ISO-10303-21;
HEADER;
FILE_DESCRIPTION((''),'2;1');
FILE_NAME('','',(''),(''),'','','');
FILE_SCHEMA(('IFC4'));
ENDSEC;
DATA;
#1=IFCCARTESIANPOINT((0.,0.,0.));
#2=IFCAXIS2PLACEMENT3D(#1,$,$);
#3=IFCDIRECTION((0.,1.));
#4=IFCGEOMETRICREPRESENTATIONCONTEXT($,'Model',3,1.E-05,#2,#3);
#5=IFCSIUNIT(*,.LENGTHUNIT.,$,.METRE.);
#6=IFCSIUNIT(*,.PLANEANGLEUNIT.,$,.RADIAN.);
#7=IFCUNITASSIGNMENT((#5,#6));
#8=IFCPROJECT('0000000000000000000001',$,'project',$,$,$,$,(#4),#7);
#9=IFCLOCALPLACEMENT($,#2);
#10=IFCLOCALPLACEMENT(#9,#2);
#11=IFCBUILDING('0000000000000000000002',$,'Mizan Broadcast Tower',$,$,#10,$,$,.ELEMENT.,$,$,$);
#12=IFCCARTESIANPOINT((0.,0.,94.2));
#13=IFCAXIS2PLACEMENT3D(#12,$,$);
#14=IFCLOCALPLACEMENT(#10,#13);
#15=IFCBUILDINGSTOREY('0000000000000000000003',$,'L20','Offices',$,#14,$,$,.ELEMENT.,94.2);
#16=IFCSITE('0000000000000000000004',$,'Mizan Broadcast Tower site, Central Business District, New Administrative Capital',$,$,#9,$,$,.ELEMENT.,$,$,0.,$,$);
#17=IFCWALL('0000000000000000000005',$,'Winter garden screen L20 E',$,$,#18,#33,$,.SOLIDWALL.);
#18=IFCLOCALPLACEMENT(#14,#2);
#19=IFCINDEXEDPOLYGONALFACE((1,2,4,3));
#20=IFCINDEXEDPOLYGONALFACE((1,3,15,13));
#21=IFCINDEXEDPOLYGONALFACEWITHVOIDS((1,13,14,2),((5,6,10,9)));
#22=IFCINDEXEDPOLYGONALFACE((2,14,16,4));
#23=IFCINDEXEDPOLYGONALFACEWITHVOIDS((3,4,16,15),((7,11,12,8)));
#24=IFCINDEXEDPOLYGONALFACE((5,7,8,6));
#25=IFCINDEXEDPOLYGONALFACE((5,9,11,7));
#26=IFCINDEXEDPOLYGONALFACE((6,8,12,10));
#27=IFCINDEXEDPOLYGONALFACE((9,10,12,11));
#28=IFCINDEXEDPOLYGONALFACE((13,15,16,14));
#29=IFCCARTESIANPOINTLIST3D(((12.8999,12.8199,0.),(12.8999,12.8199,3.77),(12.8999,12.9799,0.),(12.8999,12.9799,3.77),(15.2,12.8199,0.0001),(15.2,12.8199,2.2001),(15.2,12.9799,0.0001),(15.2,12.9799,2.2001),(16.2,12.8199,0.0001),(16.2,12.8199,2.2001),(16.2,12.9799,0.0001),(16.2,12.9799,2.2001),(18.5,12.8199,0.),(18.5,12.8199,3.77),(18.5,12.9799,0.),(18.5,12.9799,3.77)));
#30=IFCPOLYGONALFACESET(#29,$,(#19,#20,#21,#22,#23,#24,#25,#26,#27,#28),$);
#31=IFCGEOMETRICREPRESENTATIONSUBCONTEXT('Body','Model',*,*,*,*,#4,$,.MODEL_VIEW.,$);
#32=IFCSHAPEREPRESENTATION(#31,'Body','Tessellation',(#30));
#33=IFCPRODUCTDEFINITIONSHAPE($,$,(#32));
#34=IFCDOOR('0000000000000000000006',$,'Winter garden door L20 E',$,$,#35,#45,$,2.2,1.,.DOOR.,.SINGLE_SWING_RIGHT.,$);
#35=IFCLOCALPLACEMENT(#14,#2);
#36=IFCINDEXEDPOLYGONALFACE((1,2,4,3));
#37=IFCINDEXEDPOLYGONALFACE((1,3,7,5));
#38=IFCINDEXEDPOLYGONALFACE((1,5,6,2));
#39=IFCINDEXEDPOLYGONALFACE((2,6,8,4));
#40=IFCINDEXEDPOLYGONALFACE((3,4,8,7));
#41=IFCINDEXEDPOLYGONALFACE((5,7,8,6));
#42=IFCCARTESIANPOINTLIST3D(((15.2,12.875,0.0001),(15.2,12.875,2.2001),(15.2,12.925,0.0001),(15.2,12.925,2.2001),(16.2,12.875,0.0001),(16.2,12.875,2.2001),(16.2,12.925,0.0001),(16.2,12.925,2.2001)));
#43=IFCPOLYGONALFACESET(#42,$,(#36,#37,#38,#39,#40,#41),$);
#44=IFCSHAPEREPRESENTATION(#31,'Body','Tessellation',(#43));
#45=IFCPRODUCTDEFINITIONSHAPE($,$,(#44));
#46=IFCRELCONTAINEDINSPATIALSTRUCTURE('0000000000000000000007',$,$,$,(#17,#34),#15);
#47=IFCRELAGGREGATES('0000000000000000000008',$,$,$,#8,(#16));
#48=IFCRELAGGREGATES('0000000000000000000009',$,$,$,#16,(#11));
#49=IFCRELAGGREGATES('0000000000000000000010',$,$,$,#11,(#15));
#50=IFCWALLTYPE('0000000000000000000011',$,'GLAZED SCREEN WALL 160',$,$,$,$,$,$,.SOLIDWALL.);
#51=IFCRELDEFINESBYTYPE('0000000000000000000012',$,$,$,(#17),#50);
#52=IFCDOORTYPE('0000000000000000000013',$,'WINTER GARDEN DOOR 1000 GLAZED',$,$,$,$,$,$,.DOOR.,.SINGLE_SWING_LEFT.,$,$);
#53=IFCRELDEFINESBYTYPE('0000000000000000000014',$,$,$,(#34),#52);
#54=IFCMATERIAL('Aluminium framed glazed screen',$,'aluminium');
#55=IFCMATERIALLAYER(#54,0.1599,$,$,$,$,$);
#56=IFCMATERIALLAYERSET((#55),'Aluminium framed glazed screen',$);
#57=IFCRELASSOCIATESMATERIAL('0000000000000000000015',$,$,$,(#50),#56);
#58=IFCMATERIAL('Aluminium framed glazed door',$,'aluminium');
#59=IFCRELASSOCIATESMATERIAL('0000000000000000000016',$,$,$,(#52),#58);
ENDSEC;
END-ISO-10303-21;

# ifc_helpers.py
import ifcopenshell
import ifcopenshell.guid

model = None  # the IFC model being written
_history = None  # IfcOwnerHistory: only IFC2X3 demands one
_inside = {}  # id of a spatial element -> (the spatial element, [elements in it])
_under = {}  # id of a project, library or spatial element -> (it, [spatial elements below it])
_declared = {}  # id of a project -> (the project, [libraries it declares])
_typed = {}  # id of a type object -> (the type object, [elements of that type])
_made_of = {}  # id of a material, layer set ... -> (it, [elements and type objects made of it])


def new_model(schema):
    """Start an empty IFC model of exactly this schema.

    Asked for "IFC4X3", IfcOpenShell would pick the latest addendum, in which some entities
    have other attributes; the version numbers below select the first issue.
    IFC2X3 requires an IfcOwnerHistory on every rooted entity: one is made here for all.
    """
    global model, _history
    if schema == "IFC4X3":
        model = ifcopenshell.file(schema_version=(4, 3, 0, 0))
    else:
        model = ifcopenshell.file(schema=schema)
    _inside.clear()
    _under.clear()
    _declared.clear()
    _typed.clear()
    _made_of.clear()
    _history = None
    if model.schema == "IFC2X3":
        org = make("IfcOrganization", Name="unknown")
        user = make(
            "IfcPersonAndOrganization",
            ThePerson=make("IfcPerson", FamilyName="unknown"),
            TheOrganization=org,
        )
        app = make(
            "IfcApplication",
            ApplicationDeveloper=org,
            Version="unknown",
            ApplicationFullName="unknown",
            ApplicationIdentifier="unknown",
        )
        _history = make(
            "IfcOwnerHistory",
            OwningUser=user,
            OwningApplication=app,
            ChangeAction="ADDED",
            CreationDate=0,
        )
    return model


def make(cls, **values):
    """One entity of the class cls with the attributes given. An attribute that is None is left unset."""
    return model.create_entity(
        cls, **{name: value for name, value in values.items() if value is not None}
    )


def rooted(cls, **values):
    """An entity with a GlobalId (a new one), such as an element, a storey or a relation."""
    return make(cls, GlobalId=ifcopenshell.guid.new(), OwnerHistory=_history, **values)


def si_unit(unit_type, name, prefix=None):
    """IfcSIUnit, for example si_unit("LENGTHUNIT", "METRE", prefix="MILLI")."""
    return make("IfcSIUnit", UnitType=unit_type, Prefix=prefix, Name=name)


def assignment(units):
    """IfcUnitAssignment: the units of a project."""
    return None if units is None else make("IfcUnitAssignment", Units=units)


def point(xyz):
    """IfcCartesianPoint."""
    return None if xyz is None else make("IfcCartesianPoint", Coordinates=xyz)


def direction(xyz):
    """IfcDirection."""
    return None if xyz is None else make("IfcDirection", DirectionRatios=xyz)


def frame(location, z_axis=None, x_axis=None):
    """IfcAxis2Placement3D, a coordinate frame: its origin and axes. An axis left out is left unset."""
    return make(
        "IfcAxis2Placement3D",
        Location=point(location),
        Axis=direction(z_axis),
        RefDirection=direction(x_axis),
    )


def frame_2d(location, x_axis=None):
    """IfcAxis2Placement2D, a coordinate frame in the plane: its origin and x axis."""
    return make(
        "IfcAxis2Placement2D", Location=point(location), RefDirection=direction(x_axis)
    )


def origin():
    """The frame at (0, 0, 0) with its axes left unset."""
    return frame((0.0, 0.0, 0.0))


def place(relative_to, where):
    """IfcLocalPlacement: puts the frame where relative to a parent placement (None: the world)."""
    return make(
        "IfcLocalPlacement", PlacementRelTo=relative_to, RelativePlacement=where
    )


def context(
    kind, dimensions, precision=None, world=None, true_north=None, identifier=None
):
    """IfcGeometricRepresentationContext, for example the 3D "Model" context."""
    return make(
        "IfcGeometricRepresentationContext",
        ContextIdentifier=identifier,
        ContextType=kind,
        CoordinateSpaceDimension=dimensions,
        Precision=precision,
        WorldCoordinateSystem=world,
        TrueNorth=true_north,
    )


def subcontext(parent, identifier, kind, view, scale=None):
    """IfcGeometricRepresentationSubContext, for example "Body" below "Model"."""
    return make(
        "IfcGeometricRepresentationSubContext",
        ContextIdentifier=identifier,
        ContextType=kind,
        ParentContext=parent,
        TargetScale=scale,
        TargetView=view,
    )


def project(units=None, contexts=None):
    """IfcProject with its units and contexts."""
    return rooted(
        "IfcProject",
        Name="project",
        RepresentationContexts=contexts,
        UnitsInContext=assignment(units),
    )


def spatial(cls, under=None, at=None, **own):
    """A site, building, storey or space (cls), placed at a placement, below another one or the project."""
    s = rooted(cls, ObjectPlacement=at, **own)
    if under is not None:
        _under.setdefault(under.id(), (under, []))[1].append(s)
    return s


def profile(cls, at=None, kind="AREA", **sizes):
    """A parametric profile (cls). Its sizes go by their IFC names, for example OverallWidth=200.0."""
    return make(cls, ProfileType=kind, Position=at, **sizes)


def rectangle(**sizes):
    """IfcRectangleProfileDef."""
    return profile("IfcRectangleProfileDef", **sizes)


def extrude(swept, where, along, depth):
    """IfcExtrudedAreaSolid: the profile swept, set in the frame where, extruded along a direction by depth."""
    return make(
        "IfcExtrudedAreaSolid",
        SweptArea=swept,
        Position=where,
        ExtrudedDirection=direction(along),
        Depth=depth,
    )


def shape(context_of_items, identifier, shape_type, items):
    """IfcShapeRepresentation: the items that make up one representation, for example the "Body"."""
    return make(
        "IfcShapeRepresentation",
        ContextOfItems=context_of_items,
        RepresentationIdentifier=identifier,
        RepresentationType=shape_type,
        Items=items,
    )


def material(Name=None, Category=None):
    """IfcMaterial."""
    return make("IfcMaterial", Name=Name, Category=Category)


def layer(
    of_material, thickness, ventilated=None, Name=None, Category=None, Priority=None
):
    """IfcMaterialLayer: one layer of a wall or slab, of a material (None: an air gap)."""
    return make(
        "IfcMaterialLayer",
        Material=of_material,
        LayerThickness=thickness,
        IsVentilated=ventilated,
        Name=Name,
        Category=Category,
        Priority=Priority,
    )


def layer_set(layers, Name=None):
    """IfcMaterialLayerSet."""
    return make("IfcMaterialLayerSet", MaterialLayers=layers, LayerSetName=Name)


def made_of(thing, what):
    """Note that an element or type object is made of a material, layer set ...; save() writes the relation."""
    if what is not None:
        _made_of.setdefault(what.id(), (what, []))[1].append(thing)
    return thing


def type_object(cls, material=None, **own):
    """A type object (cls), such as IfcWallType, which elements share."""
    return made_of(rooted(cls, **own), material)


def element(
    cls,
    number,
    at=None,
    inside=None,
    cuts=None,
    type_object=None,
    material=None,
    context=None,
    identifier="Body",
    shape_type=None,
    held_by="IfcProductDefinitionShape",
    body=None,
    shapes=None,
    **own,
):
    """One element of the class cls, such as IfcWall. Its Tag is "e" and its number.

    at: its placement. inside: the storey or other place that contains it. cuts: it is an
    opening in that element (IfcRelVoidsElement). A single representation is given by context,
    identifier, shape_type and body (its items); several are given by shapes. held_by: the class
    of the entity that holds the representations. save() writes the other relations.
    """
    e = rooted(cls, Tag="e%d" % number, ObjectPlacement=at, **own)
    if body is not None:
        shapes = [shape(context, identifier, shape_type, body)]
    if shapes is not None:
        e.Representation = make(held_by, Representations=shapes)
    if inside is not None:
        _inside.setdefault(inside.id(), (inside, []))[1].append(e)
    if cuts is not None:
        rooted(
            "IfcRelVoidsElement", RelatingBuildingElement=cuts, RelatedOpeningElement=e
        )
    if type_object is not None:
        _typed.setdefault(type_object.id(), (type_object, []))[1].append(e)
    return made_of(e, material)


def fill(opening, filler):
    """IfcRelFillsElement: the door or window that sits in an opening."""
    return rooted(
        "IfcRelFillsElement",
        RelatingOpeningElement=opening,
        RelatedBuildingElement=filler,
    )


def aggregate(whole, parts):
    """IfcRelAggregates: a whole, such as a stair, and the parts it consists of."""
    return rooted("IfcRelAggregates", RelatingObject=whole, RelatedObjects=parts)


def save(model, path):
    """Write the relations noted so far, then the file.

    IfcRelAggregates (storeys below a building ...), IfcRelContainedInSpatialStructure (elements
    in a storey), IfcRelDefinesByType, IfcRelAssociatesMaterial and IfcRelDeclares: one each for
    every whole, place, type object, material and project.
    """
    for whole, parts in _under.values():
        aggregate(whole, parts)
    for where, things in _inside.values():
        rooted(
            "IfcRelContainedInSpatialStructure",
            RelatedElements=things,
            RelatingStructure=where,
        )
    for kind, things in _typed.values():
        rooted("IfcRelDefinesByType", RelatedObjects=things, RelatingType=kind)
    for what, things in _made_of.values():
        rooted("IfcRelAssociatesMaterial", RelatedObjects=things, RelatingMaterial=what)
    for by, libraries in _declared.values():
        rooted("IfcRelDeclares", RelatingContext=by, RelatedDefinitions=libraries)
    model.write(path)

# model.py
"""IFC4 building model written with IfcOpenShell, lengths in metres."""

from ifc_helpers import new_model, si_unit, direction, frame, frame_2d, origin, place, context, subcontext, project, spatial, rectangle, extrude, material, layer, layer_set, type_object, element, fill, save


model = new_model("IFC4")

# Units and contexts
model_context = context("Model", 3, precision=1e-05, world=origin(), true_north=direction((0.0, 1.0)))
body_context = subcontext(model_context, "Body", "Model", "MODEL_VIEW")
ifc_project = project(units=[si_unit("LENGTHUNIT", "METRE"), si_unit("PLANEANGLEUNIT", "RADIAN")], contexts=[model_context])

# Site, building, storey
site_placement = place(None, origin())
site = spatial("IfcSite", under=ifc_project, at=site_placement, Name="Mizan Broadcast Tower site, Central Business District, New Administrative Capital", CompositionType="ELEMENT", RefElevation=0.0)
building_placement = place(site_placement, origin())
building = spatial("IfcBuilding", under=site, at=building_placement, Name="Mizan Broadcast Tower", CompositionType="ELEMENT")
storey_placement = place(building_placement, frame((0.0, 0.0, 94.2)))
storey = spatial("IfcBuildingStorey", under=building, at=storey_placement, Name="L20", Description="Offices", CompositionType="ELEMENT", Elevation=94.2)

# Wall, opening, door
ifc_material_1 = material(Name="Aluminium framed glazed screen", Category="aluminium")
ifc_layer_1 = layer(ifc_material_1, 0.1599)
ifc_layer_set_1 = layer_set([ifc_layer_1], Name="Aluminium framed glazed screen")
wall_type = type_object("IfcWallType", Name="GLAZED SCREEN WALL 160", PredefinedType="SOLIDWALL", material=ifc_layer_set_1)
wall_placement = place(storey_placement, frame((18.5, 12.8999, 0.0), z_axis=(0.0, 0.0, 1.0), x_axis=(-1.0, 0.0, 0.0)))
wall = element("IfcWall", 1, at=wall_placement, inside=storey, type_object=wall_type, Name="Winter garden screen L20 E", PredefinedType="SOLIDWALL", context=body_context, shape_type="SweptSolid", body=[
    extrude(rectangle(XDim=5.6001, YDim=0.1599, at=frame_2d((2.8, 0.0))), origin(), (0.0, 0.0, 1.0), 3.77),
])
opening_placement = place(wall_placement, frame((2.3, 0.0, 0.0)))
opening = element("IfcOpeningElement", 2, at=opening_placement, cuts=wall, PredefinedType="OPENING", context=body_context, shape_type="SweptSolid", body=[
    extrude(rectangle(XDim=1.0, YDim=2.2, at=frame_2d((0.5, 1.1001))), frame((0.0, 0.0898, 0.0), z_axis=(0.0, -1.0, 0.0), x_axis=(1.0, 0.0, 0.0)), (0.0, 0.0, 1.0), 0.1799),
])
ifc_material_2 = material(Name="Aluminium framed glazed door", Category="aluminium")
door_type = type_object("IfcDoorType", Name="WINTER GARDEN DOOR 1000 GLAZED", OperationType="SINGLE_SWING_LEFT", PredefinedType="DOOR", material=ifc_material_2)
door_placement = place(opening_placement, origin())
door = element("IfcDoor", 3, at=door_placement, inside=storey, type_object=door_type, Name="Winter garden door L20 E", OperationType="SINGLE_SWING_RIGHT", OverallHeight=2.2, OverallWidth=1.0, PredefinedType="DOOR", context=body_context, shape_type="SweptSolid", body=[
    extrude(rectangle(XDim=1.0, YDim=2.2, at=frame_2d((0.5, 1.1001))), frame((0.0, 0.0249, 0.0), z_axis=(0.0, -1.0, 0.0), x_axis=(1.0, 0.0, 0.0)), (0.0, 0.0, 1.0), 0.05),
])
fill(opening, door)

save(model, "model.ifc")
